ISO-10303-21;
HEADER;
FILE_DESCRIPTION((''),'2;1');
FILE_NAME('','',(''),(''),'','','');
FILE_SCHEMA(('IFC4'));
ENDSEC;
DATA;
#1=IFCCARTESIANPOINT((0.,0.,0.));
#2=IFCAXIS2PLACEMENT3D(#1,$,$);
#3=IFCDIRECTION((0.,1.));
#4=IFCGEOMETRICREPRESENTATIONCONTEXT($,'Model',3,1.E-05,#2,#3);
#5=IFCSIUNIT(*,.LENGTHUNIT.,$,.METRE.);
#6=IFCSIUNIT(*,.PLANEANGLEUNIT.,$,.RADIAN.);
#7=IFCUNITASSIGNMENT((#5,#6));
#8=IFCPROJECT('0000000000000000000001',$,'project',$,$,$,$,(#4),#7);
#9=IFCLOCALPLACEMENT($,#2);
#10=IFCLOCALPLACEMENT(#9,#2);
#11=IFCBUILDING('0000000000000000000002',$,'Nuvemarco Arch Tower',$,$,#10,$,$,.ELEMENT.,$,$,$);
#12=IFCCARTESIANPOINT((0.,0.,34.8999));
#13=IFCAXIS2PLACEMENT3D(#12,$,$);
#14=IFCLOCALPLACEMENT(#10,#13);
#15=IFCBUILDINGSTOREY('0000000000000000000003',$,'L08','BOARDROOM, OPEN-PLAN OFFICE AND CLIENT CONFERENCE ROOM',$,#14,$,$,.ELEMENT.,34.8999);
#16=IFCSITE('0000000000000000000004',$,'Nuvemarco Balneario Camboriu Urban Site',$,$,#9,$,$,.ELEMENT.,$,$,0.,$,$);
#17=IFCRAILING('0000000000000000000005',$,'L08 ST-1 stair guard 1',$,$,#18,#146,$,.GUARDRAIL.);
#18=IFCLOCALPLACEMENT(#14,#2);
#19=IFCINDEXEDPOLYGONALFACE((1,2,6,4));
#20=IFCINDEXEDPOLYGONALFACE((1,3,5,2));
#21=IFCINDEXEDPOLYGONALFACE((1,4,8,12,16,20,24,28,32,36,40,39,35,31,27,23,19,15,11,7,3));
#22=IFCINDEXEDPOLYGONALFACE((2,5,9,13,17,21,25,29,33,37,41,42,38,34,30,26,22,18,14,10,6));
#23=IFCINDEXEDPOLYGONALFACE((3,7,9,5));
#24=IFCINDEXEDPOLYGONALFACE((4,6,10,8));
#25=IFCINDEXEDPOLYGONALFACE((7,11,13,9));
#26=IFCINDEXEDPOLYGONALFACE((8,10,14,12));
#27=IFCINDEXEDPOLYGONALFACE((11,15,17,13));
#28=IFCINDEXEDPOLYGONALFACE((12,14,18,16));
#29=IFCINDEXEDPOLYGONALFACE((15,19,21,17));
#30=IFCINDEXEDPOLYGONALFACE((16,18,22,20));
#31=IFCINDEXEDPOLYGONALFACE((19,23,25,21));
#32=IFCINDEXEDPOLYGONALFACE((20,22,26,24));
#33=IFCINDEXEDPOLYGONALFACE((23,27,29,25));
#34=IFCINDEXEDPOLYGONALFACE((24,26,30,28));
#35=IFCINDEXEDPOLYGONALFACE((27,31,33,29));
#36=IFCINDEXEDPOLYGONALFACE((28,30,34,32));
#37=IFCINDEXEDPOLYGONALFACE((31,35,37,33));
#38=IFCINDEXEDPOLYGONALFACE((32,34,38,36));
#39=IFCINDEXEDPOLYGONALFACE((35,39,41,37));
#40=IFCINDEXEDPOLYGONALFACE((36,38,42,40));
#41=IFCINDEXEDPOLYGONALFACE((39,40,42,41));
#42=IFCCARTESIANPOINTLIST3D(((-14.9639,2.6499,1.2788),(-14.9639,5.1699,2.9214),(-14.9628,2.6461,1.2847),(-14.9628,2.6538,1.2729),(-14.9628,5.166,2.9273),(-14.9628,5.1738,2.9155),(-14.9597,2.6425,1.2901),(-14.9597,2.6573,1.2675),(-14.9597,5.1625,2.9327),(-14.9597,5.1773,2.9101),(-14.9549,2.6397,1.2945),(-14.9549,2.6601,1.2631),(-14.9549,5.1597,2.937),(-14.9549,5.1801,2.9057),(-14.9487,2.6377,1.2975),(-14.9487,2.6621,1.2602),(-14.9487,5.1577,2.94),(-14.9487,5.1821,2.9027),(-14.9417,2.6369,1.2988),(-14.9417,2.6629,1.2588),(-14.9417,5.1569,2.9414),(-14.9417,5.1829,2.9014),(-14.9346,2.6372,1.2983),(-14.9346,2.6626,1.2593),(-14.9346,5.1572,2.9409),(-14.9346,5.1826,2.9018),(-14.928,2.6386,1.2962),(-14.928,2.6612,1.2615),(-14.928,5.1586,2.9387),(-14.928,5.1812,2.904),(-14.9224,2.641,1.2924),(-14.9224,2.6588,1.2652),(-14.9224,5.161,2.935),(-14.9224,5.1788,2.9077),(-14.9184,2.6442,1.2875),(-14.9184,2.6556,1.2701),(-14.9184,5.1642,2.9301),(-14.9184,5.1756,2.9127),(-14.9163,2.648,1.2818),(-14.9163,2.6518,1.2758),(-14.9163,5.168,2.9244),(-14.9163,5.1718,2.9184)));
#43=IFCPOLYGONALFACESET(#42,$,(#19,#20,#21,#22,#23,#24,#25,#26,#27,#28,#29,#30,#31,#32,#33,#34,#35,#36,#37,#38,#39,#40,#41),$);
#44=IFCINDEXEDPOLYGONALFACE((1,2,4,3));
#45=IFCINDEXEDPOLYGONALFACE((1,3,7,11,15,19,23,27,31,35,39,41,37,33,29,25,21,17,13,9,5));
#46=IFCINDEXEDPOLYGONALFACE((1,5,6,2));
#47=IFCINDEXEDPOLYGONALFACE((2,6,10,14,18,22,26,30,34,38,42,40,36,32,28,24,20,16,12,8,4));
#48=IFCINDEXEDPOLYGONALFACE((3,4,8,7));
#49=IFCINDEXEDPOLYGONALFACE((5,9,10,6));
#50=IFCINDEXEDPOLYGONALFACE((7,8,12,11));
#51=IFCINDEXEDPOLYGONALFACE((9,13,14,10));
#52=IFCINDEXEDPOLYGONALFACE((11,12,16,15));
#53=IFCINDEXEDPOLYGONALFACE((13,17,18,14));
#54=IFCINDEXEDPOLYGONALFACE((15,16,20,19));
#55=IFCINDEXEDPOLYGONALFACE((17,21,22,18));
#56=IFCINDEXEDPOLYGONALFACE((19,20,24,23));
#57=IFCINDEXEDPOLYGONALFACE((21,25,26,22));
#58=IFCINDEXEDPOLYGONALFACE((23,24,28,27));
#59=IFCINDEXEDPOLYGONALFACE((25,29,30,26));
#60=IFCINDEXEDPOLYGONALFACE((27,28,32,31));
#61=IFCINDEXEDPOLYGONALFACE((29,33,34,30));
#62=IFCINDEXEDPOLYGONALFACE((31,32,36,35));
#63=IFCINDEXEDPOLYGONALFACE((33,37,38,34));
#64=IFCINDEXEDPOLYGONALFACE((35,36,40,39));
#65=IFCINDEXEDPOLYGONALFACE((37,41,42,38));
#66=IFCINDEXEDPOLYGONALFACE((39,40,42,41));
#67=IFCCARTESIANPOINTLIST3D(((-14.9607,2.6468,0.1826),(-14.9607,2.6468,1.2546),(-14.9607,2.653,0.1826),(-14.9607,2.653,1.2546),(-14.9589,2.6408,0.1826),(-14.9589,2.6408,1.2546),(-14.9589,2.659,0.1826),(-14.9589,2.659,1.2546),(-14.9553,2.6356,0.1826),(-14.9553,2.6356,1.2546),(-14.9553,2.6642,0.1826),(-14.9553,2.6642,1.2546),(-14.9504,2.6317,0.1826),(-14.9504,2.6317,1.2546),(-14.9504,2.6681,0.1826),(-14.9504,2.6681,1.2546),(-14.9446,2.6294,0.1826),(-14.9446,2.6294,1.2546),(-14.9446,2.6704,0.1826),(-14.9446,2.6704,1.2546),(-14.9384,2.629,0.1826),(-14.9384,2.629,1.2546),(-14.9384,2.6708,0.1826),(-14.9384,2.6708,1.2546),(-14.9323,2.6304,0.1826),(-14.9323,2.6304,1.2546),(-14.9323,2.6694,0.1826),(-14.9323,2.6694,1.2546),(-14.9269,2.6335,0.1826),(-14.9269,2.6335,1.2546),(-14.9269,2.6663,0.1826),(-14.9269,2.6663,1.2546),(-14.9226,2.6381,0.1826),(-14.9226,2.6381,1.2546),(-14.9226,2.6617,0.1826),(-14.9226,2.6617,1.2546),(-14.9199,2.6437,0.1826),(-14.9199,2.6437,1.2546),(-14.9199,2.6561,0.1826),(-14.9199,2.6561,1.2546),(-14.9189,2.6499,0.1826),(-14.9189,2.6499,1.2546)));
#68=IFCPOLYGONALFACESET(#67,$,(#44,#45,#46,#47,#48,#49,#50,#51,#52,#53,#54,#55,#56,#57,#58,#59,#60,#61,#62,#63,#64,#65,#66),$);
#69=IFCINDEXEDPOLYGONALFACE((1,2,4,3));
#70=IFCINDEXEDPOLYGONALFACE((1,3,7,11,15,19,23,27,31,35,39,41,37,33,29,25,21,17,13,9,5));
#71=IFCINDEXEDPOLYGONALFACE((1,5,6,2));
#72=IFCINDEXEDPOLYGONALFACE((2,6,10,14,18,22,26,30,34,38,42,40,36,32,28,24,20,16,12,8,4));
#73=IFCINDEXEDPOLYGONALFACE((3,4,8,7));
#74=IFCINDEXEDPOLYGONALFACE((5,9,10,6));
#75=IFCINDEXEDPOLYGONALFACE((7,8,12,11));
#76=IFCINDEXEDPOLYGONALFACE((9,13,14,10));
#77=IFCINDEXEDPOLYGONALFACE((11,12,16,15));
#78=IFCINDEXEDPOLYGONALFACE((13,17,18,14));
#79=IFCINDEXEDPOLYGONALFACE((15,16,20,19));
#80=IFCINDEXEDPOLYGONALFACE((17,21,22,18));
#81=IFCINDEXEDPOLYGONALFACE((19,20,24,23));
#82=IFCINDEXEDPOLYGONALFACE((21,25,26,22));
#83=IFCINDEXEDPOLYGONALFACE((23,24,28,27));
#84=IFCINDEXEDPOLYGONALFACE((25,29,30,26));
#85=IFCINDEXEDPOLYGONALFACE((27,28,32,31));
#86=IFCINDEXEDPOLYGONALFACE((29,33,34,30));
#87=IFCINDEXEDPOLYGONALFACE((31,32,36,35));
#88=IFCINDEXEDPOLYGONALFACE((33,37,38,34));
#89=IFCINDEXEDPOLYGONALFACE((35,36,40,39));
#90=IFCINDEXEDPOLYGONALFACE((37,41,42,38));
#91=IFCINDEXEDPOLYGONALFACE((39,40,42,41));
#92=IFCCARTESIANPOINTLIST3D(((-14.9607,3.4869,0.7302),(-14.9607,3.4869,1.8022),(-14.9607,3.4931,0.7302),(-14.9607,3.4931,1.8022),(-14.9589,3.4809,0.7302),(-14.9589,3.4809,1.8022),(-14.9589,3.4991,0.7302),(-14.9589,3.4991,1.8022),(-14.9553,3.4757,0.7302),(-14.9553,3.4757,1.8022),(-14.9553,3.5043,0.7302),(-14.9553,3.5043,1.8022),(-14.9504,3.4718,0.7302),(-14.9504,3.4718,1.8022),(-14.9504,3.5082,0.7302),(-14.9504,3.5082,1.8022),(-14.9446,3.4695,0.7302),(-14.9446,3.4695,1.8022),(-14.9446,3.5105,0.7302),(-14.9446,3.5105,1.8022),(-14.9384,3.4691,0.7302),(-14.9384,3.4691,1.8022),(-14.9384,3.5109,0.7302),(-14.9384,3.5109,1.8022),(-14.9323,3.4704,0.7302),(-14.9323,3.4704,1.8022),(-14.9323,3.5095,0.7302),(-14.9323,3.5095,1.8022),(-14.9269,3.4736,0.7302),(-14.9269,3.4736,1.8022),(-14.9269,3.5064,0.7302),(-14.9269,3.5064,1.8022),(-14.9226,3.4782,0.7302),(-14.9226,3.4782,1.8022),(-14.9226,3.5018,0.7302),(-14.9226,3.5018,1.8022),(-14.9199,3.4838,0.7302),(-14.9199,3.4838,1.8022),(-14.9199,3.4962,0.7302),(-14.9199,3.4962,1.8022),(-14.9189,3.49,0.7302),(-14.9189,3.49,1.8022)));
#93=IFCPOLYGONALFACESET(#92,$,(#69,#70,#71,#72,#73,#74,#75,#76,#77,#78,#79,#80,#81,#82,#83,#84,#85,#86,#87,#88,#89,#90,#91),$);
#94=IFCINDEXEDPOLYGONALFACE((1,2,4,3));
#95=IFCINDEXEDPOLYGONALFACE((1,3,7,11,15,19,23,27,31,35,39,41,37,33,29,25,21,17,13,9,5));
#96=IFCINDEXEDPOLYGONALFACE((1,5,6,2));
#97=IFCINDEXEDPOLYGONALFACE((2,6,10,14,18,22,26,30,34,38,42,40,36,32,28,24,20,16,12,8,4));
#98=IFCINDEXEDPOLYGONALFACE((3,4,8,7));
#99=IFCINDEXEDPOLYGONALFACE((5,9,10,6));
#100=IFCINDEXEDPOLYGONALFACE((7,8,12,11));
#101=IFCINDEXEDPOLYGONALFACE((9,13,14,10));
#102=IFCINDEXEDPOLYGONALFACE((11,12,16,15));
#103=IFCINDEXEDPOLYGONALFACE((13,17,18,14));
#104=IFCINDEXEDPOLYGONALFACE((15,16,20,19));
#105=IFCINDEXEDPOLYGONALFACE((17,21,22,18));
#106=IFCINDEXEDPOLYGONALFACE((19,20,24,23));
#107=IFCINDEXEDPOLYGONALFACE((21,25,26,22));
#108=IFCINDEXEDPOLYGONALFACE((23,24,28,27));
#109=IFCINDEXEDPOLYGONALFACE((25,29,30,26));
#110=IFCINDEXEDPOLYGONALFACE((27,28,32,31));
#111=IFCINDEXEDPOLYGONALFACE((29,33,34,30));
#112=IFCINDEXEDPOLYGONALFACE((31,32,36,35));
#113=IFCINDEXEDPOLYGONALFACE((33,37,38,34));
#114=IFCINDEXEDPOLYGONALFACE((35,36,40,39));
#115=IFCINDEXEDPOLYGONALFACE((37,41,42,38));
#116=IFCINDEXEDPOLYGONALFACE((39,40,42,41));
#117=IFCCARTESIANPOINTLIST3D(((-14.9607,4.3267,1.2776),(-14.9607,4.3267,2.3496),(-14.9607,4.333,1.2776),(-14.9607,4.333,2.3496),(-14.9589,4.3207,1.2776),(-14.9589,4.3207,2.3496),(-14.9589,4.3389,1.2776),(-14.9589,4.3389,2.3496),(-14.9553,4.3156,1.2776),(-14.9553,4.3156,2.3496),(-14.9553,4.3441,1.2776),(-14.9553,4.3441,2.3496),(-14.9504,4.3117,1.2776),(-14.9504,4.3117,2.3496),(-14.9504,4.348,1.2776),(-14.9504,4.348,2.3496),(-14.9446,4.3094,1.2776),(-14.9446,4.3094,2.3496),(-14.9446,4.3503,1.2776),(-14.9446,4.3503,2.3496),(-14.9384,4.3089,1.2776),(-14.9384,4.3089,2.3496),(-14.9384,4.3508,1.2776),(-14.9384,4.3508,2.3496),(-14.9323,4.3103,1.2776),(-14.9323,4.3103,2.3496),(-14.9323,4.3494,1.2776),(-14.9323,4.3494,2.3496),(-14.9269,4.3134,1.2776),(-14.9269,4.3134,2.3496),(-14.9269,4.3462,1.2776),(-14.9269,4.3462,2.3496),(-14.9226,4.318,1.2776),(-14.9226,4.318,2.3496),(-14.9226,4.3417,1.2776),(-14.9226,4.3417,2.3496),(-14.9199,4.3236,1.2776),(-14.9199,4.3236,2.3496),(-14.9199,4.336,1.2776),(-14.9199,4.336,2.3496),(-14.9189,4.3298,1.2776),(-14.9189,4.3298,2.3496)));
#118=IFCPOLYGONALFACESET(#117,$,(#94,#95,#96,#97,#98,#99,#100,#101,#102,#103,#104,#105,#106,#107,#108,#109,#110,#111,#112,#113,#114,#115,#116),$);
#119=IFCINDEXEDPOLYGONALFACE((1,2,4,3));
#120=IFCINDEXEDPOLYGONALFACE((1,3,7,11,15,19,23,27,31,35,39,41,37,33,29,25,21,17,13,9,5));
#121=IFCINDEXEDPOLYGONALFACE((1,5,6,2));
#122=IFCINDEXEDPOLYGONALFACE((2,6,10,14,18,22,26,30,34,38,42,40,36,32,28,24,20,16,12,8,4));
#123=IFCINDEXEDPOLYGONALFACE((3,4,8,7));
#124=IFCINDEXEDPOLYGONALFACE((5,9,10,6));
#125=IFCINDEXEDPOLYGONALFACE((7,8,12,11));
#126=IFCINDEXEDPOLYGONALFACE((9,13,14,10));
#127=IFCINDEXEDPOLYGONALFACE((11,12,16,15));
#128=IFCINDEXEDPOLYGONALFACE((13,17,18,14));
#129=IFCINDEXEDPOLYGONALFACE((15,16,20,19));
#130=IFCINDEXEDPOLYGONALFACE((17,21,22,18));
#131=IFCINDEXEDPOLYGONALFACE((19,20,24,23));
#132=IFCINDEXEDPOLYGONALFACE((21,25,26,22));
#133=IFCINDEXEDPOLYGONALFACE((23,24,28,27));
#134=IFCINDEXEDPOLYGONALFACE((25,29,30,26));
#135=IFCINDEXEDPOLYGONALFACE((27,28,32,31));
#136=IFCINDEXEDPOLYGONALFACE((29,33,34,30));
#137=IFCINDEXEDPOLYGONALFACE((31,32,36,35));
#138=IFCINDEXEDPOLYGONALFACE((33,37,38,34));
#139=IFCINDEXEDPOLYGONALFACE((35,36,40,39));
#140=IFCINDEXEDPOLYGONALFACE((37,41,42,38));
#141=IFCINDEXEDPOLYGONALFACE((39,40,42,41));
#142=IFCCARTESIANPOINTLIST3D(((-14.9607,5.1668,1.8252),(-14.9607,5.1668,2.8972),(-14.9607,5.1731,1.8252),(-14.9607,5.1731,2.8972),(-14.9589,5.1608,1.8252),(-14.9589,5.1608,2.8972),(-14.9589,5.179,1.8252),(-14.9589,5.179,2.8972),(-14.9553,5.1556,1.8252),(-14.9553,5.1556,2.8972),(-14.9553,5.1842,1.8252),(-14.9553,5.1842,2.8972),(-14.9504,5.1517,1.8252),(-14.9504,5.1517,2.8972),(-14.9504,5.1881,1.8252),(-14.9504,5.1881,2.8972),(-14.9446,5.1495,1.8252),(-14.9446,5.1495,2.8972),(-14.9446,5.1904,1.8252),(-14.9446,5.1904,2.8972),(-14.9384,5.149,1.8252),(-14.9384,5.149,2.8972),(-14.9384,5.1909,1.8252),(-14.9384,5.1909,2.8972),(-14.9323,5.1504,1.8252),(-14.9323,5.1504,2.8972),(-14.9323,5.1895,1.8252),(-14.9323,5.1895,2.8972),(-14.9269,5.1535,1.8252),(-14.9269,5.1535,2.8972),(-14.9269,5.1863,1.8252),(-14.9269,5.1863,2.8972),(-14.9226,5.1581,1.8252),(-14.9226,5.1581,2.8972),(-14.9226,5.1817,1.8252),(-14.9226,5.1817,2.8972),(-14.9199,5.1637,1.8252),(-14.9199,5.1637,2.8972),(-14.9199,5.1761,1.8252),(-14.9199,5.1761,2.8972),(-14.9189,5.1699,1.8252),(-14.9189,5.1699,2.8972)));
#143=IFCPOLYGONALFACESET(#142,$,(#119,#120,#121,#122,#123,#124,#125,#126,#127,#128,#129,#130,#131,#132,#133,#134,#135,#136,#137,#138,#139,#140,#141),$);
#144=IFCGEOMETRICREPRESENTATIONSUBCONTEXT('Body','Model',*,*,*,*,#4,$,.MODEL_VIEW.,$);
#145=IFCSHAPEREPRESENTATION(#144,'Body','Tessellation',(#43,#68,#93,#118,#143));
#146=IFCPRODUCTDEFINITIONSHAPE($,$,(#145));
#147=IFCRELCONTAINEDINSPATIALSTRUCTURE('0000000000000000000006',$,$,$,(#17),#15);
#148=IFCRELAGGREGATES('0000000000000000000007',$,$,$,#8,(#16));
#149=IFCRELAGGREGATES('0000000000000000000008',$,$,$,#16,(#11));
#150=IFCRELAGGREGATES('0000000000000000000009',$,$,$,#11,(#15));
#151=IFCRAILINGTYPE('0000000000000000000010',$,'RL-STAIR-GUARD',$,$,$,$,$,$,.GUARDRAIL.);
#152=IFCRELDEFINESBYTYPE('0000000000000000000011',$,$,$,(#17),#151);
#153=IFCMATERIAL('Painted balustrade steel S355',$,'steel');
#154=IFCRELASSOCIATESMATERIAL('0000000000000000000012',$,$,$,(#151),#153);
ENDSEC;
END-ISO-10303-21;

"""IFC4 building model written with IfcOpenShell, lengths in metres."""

from ifc_helpers import new_model, si_unit, direction, frame, origin, origin_2d, place, context, subcontext, project, spatial, circle, extrude, material, type_object, element, save


model = new_model("IFC4")

# Units and contexts
model_context = context("Model", 3, precision=1e-05, world=origin(), true_north=direction((0.0, 1.0)))
body_context = subcontext(model_context, "Body", "Model", "MODEL_VIEW")
ifc_project = project(units=[si_unit("LENGTHUNIT", "METRE"), si_unit("PLANEANGLEUNIT", "RADIAN")], contexts=[model_context])

# Site, building, storey
site_placement = place(None, origin())
site = spatial("IfcSite", under=ifc_project, at=site_placement, Name="Nuvemarco Balneario Camboriu Urban Site", CompositionType="ELEMENT", RefElevation=0.0)
building_placement = place(site_placement, origin())
building = spatial("IfcBuilding", under=site, at=building_placement, Name="Nuvemarco Arch Tower", CompositionType="ELEMENT")
storey_placement = place(building_placement, frame((0.0, 0.0, 34.8999)))
storey = spatial("IfcBuildingStorey", under=building, at=storey_placement, Name="L08", Description="BOARDROOM, OPEN-PLAN OFFICE AND CLIENT CONFERENCE ROOM", CompositionType="ELEMENT", Elevation=34.8999)

# Railing
ifc_material_1 = material(Name="Painted balustrade steel S355", Category="steel")
railing_type_1 = type_object("IfcRailingType", Name="RL-STAIR-GUARD", PredefinedType="GUARDRAIL", material=ifc_material_1)
railing_1_placement = place(storey_placement, frame((-14.9399, 2.6499, 0.1826)))
element("IfcRailing", 1, at=railing_1_placement, inside=storey, type_object=railing_type_1, Name="L08 ST-1 stair guard 1", PredefinedType="GUARDRAIL", context=body_context, shape_type="SweptSolid", body=[
    extrude(circle(Radius=0.0239, at=origin_2d()), frame((0.0, 0.0, 1.0962), z_axis=(0.0, 0.837749, 0.546055), x_axis=(-1.0, 0.0, 0.0)), (0.0, 0.0, 1.0), 3.0081),
    extrude(circle(Radius=0.021, at=origin_2d()), origin(), (0.0, 0.0, 1.0), 1.072),
    extrude(circle(Radius=0.021, at=origin_2d()), frame((0.0, 0.8401, 0.5476)), (0.0, 0.0, 1.0), 1.072),
    extrude(circle(Radius=0.021, at=origin_2d()), frame((0.0, 1.6799, 1.095)), (0.0, 0.0, 1.0), 1.072),
    extrude(circle(Radius=0.021, at=origin_2d()), frame((0.0, 2.52, 1.6426)), (0.0, 0.0, 1.0), 1.072),
])

save(model, "model.ifc")
